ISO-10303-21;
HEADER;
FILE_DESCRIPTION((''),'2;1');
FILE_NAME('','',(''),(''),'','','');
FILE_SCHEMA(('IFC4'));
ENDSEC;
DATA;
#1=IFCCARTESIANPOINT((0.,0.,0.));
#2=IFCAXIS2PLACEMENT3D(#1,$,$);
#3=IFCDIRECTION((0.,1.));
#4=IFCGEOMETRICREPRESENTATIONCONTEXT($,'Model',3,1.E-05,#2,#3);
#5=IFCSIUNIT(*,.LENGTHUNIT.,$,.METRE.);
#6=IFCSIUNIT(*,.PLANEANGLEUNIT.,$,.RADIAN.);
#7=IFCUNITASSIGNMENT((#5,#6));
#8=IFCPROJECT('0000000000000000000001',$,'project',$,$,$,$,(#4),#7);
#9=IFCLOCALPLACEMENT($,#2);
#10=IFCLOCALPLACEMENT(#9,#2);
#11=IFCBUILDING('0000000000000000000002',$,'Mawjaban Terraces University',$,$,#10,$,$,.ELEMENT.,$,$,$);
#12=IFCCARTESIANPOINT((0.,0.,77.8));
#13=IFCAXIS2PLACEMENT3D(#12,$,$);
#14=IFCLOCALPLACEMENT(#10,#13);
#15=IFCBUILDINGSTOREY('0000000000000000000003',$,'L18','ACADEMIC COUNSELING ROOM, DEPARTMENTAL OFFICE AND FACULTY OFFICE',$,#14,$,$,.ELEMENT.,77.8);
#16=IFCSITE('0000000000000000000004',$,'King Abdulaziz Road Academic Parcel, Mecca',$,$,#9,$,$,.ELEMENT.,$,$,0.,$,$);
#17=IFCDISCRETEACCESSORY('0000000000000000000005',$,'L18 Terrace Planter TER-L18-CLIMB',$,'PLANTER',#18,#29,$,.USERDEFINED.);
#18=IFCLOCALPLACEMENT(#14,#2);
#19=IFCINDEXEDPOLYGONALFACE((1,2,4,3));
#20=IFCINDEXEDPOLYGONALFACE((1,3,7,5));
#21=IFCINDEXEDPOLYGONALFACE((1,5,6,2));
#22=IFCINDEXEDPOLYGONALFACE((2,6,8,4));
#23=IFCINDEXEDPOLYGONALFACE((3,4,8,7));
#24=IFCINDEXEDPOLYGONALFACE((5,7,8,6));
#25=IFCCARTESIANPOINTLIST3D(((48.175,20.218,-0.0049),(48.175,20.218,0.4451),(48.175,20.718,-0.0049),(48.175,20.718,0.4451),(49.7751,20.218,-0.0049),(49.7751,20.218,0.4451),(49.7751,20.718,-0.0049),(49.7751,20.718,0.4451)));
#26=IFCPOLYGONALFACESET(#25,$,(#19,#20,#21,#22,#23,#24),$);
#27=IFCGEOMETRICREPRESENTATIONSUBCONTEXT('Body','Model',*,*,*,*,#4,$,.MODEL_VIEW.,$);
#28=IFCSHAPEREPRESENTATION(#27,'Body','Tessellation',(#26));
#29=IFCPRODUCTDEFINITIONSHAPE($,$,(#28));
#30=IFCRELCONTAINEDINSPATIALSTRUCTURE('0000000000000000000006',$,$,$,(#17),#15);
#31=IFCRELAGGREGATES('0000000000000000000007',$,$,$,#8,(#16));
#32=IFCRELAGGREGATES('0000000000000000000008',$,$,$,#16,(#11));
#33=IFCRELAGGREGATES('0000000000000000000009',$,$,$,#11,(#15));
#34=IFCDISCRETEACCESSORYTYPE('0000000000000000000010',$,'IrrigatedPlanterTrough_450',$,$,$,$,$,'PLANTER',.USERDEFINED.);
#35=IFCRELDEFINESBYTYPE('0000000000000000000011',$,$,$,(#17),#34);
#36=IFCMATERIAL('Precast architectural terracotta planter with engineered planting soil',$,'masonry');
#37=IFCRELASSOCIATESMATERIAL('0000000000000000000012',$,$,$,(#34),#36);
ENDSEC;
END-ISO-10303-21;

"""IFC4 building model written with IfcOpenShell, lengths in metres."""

from ifc_helpers import new_model, si_unit, direction, frame, origin, origin_2d, place, context, subcontext, project, spatial, rectangle, extrude, material, type_object, element, save


model = new_model("IFC4")

# Units and contexts
model_context = context("Model", 3, precision=1e-05, world=origin(), true_north=direction((0.0, 1.0)))
body_context = subcontext(model_context, "Body", "Model", "MODEL_VIEW")
ifc_project = project(units=[si_unit("LENGTHUNIT", "METRE"), si_unit("PLANEANGLEUNIT", "RADIAN")], contexts=[model_context])

# Site, building, storey
site_placement = place(None, origin())
site = spatial("IfcSite", under=ifc_project, at=site_placement, Name="King Abdulaziz Road Academic Parcel, Mecca", CompositionType="ELEMENT", RefElevation=0.0)
building_placement = place(site_placement, origin())
building = spatial("IfcBuilding", under=site, at=building_placement, Name="Mawjaban Terraces University", CompositionType="ELEMENT")
storey_placement = place(building_placement, frame((0.0, 0.0, 77.8)))
storey = spatial("IfcBuildingStorey", under=building, at=storey_placement, Name="L18", Description="ACADEMIC COUNSELING ROOM, DEPARTMENTAL OFFICE AND FACULTY OFFICE", CompositionType="ELEMENT", Elevation=77.8)

# Discrete accessory
ifc_material_1 = material(Name="Precast architectural terracotta planter with engineered planting soil", Category="masonry")
discrete_accessory_type = type_object("IfcDiscreteAccessoryType", Name="IrrigatedPlanterTrough_450", ElementType="PLANTER", PredefinedType="USERDEFINED", material=ifc_material_1)
discrete_accessory_placement = place(storey_placement, frame((48.9751, 20.468, -0.0049), z_axis=(0.0, 0.0, 1.0), x_axis=(1.0, 0.0, 0.0)))
element("IfcDiscreteAccessory", 1, at=discrete_accessory_placement, inside=storey, type_object=discrete_accessory_type, Name="L18 Terrace Planter TER-L18-CLIMB", ObjectType="PLANTER", PredefinedType="USERDEFINED", context=body_context, shape_type="SweptSolid", body=[
    extrude(rectangle(XDim=1.6001, YDim=0.5, at=origin_2d()), origin(), (0.0, 0.0, 1.0), 0.45),
])

save(model, "model.ifc")
